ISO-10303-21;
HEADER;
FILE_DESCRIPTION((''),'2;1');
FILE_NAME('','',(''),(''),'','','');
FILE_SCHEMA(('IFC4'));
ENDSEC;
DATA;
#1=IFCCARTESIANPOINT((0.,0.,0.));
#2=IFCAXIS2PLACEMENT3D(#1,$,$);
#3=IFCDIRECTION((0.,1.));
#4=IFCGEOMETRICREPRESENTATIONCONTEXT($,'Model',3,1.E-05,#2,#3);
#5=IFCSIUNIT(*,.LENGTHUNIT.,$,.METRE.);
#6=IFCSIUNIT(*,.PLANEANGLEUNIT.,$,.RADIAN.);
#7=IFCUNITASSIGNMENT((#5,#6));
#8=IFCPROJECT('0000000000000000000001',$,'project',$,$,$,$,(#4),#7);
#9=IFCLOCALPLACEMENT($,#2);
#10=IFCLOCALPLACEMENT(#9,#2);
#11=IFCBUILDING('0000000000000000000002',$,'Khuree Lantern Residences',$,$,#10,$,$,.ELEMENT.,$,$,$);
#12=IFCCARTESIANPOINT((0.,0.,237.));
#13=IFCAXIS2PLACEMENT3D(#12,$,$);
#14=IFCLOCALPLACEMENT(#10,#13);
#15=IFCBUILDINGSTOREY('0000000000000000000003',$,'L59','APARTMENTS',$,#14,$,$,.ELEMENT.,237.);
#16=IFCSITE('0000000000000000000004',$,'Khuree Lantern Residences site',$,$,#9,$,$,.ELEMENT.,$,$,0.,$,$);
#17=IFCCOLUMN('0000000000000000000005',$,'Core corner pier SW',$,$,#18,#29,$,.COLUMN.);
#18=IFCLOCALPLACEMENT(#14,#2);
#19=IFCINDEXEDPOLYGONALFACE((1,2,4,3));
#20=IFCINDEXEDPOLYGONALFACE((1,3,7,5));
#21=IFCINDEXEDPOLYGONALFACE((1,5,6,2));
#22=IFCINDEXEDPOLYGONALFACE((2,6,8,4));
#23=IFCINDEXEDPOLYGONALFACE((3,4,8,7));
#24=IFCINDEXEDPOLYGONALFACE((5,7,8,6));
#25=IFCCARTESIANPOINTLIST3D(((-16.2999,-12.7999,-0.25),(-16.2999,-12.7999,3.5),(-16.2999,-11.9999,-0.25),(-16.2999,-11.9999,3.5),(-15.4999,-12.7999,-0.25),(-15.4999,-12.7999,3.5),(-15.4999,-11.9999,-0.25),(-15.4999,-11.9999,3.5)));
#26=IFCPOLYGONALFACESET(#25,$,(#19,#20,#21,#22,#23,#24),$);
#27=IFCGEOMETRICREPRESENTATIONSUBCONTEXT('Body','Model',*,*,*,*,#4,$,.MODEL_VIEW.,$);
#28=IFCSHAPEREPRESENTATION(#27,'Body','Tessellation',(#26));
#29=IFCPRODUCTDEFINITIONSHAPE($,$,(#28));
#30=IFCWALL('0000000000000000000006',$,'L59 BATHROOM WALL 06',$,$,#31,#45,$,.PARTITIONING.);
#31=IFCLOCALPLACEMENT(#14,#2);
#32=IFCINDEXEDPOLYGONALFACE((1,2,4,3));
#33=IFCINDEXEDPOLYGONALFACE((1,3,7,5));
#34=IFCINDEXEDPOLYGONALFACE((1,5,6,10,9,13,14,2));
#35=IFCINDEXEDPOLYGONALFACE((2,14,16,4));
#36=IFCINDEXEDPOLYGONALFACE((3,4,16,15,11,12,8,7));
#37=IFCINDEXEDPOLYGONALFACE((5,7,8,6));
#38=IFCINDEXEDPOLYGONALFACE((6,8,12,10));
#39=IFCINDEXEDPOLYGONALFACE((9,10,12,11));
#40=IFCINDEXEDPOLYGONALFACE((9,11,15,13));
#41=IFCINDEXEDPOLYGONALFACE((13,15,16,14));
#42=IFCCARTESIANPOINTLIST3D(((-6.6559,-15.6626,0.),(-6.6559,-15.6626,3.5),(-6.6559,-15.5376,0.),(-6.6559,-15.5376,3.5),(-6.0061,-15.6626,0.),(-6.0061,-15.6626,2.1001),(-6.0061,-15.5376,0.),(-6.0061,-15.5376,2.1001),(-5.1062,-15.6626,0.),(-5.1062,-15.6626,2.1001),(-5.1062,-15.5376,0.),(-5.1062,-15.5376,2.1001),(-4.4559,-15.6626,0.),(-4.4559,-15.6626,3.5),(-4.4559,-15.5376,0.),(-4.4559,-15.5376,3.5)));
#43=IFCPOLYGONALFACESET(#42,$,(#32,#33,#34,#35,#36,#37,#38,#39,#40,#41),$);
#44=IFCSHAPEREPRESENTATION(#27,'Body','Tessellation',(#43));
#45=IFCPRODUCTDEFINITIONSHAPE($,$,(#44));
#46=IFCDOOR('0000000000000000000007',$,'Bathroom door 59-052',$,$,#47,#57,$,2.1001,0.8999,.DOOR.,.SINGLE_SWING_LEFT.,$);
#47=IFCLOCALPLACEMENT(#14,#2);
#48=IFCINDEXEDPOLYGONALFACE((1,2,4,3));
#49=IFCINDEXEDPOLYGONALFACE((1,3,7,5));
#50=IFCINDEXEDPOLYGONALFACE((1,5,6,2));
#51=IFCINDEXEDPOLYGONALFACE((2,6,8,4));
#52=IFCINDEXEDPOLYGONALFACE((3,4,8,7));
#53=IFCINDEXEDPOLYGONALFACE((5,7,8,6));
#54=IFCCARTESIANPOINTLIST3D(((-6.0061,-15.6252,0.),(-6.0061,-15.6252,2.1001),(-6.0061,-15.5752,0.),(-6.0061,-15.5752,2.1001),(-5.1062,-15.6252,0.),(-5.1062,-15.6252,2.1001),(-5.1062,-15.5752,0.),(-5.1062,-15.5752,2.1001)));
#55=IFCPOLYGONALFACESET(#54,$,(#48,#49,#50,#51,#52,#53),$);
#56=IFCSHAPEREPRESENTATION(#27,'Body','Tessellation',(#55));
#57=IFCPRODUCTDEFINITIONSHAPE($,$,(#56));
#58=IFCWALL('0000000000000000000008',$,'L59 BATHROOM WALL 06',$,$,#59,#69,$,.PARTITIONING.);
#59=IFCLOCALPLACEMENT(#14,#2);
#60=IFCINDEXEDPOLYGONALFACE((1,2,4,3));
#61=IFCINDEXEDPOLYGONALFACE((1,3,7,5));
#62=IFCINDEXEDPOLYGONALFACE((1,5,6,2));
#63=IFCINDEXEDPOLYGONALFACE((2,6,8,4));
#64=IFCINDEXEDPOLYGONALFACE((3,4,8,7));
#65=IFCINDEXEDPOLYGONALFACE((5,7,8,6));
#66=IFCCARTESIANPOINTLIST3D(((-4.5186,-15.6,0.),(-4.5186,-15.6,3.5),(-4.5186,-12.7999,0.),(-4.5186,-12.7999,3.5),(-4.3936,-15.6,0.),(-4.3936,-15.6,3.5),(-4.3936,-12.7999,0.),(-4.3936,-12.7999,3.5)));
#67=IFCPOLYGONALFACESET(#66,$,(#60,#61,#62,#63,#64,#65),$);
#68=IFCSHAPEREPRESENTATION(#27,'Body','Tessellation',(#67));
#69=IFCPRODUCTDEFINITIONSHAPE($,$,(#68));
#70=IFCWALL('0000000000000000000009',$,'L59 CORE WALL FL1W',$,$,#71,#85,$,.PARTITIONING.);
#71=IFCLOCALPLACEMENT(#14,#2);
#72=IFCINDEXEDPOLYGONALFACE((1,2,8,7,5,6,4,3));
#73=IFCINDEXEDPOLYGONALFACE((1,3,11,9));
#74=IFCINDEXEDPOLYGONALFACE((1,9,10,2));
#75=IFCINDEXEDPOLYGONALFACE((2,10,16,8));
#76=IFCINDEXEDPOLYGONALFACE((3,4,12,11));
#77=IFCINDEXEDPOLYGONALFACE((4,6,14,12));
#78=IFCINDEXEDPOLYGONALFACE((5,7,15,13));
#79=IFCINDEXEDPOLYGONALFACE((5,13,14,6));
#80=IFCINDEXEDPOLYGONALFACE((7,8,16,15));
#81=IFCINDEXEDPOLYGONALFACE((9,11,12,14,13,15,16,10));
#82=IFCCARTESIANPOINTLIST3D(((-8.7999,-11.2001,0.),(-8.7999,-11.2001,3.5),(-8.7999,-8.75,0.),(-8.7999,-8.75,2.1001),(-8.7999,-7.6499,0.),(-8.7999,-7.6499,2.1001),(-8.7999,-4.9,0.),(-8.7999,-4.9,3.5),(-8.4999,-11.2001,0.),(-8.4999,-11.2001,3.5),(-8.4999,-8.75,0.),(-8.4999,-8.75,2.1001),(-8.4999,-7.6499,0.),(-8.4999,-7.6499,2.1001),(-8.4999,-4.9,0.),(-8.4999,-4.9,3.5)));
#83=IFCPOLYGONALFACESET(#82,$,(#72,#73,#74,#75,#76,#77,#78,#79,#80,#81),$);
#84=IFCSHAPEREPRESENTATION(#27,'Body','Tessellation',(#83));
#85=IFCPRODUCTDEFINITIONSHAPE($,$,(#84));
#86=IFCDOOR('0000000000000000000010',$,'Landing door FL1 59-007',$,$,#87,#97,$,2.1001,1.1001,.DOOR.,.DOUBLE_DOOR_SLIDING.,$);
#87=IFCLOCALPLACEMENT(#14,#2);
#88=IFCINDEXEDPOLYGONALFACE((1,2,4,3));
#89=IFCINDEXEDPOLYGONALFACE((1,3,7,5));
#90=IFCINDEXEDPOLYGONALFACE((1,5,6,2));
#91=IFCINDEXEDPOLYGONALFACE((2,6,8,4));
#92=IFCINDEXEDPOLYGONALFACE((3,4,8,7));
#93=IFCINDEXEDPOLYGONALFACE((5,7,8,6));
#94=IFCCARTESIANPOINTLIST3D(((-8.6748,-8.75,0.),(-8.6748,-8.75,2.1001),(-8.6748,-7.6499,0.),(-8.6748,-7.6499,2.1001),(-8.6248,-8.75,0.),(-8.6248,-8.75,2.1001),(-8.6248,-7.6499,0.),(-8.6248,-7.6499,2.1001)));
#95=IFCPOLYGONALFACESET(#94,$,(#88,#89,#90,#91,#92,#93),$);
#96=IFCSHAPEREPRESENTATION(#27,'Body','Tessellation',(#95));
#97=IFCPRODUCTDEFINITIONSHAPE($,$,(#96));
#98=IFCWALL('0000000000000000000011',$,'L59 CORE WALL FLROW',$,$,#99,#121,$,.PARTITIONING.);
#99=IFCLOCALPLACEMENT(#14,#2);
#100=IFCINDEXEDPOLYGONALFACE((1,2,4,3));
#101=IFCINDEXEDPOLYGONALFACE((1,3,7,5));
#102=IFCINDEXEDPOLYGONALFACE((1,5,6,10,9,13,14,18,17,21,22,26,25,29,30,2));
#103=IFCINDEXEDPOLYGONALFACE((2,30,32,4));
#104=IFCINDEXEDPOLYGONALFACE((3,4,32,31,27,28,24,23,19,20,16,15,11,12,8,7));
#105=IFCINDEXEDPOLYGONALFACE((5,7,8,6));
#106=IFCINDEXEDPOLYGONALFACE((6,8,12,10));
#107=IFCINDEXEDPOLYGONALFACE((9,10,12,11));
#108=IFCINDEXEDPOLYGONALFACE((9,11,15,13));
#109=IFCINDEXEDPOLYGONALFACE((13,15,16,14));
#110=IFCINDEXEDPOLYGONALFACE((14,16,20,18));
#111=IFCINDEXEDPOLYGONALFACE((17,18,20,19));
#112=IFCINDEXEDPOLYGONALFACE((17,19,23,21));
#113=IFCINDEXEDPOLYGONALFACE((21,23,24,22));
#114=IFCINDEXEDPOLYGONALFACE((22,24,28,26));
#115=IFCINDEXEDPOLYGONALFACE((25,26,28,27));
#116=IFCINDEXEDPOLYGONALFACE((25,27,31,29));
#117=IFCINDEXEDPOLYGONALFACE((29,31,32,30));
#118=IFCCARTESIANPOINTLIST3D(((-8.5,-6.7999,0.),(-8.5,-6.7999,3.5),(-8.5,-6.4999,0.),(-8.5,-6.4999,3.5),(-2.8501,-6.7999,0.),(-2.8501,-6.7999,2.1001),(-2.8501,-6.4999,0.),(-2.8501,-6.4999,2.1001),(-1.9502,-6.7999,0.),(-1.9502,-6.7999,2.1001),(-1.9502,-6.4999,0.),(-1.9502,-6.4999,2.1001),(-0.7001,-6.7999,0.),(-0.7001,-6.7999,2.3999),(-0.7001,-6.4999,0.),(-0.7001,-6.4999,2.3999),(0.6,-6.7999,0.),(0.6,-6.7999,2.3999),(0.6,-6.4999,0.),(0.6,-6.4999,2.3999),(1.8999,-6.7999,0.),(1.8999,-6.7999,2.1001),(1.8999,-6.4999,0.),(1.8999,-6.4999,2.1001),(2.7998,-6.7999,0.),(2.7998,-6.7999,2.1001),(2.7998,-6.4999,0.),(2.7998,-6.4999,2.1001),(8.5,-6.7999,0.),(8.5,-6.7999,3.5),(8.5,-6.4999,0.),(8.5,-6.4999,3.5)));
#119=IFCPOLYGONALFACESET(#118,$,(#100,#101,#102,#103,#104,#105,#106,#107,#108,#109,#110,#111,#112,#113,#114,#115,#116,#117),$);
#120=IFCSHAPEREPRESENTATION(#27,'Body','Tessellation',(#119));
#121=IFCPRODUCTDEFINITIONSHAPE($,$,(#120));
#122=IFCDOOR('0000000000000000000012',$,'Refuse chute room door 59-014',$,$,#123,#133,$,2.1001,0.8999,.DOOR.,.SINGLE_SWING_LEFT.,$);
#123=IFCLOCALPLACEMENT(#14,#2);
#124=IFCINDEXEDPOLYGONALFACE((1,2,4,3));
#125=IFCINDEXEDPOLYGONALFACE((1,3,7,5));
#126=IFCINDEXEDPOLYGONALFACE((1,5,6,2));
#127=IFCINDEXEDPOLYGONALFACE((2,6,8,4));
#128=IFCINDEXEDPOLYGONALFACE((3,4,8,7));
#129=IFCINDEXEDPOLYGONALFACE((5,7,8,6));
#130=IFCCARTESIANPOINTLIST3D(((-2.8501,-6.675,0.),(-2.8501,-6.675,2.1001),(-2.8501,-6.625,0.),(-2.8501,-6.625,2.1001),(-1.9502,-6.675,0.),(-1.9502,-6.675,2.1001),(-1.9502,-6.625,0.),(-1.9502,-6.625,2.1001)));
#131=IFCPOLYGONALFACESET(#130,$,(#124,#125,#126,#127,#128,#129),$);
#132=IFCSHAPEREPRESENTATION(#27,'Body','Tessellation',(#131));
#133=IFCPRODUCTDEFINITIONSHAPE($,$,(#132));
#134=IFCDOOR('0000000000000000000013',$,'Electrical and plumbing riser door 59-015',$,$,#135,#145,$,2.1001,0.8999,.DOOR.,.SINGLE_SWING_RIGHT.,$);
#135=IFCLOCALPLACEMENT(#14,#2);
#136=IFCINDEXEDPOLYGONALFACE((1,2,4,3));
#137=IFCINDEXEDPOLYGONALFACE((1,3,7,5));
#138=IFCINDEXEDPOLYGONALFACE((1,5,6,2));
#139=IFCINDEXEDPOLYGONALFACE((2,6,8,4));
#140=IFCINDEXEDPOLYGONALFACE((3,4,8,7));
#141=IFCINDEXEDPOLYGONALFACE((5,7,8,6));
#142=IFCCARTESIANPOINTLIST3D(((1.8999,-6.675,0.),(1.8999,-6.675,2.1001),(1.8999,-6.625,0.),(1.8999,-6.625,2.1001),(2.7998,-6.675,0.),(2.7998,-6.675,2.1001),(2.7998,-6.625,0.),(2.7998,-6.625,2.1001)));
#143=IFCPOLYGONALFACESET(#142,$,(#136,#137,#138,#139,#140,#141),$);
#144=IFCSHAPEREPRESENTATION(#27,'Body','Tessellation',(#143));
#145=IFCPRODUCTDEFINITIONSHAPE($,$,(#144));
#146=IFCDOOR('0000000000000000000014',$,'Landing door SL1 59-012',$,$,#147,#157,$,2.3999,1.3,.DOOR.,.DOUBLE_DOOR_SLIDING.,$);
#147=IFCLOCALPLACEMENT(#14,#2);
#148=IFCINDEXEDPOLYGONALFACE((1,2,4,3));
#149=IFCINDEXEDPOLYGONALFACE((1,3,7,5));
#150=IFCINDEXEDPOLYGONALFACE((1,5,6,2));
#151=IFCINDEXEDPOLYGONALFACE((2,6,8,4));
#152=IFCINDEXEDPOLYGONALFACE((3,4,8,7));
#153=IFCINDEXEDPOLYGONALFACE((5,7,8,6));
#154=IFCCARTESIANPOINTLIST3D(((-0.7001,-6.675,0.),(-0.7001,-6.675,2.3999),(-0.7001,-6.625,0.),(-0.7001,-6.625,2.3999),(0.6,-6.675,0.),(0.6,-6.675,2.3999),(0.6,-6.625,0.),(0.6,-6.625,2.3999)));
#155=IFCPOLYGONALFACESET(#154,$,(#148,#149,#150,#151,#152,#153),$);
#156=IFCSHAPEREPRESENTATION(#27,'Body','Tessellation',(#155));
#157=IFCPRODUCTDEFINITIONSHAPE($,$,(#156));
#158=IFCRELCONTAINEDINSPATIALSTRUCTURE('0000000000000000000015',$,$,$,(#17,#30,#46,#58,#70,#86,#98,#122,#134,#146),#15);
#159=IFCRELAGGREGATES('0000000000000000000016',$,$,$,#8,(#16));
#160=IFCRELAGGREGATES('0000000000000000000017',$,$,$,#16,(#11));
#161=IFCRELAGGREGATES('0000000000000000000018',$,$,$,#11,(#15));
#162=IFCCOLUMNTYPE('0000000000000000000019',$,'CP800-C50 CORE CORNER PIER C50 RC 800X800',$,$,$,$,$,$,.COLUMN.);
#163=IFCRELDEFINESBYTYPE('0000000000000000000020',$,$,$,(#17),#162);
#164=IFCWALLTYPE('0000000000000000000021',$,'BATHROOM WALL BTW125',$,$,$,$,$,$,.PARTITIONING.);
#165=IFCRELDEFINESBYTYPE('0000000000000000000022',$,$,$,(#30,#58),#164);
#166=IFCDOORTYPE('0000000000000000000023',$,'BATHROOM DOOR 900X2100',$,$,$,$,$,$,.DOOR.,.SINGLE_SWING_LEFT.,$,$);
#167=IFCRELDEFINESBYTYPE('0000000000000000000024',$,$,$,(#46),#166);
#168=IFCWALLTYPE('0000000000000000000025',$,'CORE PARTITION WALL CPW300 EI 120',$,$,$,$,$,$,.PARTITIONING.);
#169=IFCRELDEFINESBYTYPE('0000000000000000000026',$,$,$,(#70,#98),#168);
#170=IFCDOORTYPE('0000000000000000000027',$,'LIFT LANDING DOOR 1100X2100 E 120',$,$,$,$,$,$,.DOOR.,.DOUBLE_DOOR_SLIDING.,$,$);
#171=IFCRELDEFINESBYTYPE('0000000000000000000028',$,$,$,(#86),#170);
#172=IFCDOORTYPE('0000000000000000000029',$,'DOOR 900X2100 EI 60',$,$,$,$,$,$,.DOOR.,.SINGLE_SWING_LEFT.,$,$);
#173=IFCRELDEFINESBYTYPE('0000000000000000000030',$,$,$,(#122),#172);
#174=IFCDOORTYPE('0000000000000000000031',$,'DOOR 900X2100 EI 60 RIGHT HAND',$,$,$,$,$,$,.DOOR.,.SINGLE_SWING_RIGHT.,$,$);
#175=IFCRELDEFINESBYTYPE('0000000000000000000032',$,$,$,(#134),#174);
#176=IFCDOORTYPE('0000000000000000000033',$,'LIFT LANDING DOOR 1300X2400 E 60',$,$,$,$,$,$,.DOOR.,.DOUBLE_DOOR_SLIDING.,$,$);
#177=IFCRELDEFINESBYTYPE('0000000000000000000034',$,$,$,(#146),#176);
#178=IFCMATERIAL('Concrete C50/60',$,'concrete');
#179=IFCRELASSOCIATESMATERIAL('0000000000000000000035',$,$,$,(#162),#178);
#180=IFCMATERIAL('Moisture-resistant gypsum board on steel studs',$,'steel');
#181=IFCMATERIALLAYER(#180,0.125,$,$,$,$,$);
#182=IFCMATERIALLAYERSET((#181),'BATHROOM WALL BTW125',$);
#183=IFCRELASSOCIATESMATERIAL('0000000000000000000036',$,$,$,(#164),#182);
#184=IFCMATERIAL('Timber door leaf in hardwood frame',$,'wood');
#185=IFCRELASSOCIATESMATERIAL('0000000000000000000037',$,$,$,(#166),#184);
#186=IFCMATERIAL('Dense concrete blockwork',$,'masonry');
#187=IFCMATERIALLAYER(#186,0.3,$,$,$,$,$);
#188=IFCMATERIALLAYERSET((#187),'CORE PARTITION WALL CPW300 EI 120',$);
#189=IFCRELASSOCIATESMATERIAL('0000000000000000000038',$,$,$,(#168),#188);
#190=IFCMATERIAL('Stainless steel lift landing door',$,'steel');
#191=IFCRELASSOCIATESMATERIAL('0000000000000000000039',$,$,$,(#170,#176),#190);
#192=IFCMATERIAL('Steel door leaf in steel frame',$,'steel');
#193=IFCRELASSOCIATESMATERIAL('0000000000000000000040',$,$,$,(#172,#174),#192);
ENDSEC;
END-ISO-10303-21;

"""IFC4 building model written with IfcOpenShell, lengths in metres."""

from ifc_helpers import new_model, si_unit, direction, frame, frame_2d, origin, origin_2d, place, context, subcontext, project, spatial, rectangle, extrude, material, layer, layer_set, material_profile, profile_set, type_object, element, fill, save


model = new_model("IFC4")

# Units and contexts
model_context = context("Model", 3, precision=1e-05, world=origin(), true_north=direction((0.0, 1.0)))
body_context = subcontext(model_context, "Body", "Model", "MODEL_VIEW")
ifc_project = project(units=[si_unit("LENGTHUNIT", "METRE"), si_unit("PLANEANGLEUNIT", "RADIAN")], contexts=[model_context])

# Site, building, storey
site_placement = place(None, origin())
site = spatial("IfcSite", under=ifc_project, at=site_placement, Name="Khuree Lantern Residences site", CompositionType="ELEMENT", RefElevation=0.0)
building_placement = place(site_placement, origin())
building = spatial("IfcBuilding", under=site, at=building_placement, Name="Khuree Lantern Residences", CompositionType="ELEMENT")
storey_placement = place(building_placement, frame((0.0, 0.0, 237.0)))
storey = spatial("IfcBuildingStorey", under=building, at=storey_placement, Name="L59", Description="APARTMENTS", CompositionType="ELEMENT", Elevation=237.0)

# Column
ifc_material_1 = material(Name="Concrete C50/60", Category="concrete")
ifc_material_profile = material_profile(ifc_material_1, rectangle(XDim=0.8, YDim=0.8, at=origin_2d()), Name="RC 800X800")
ifc_profile_set = profile_set([ifc_material_profile], Name="Concrete C50/60")
column_type = type_object("IfcColumnType", Name="CP800-C50 CORE CORNER PIER C50 RC 800X800", PredefinedType="COLUMN", material=ifc_profile_set)
column_placement = place(storey_placement, frame((-15.8999, -12.3999, -0.25), z_axis=(0.0, 0.0, 1.0), x_axis=(1.0, 0.0, 0.0)))
element("IfcColumn", 1, at=column_placement, inside=storey, type_object=column_type, Name="Core corner pier SW", PredefinedType="COLUMN", context=body_context, shape_type="SweptSolid", body=[
    extrude(rectangle(XDim=0.8, YDim=0.8, at=origin_2d()), origin(), (0.0, 0.0, 1.0), 3.75),
])

# Wall, opening, door
ifc_material_2 = material(Name="Moisture-resistant gypsum board on steel studs", Category="steel")
ifc_layer_1 = layer(ifc_material_2, 0.125)
ifc_layer_set_1 = layer_set([ifc_layer_1], Name="BATHROOM WALL BTW125")
wall_type_1 = type_object("IfcWallType", Name="BATHROOM WALL BTW125", PredefinedType="PARTITIONING", material=ifc_layer_set_1)
wall_1_placement = place(storey_placement, frame((-6.656, -15.6001, 0.0), z_axis=(0.0, 0.0, 1.0), x_axis=(1.0, 0.0, 0.0)))
wall_1 = element("IfcWall", 2, at=wall_1_placement, inside=storey, type_object=wall_type_1, Name="L59 BATHROOM WALL 06", PredefinedType="PARTITIONING", context=body_context, shape_type="SweptSolid", body=[
    extrude(rectangle(XDim=2.2, YDim=0.125, at=frame_2d((1.1001, 0.0))), origin(), (0.0, 0.0, 1.0), 3.5),
])
opening_1_placement = place(wall_1_placement, frame((0.6499, 0.0, 0.0)))
opening_1 = element("IfcOpeningElement", 3, at=opening_1_placement, cuts=wall_1, PredefinedType="OPENING", context=body_context, shape_type="SweptSolid", body=[
    extrude(rectangle(XDim=0.8999, YDim=2.1001, at=frame_2d((0.45, 1.05))), frame((0.0, 0.0725, 0.0), z_axis=(0.0, -1.0, 0.0), x_axis=(1.0, 0.0, 0.0)), (0.0, 0.0, 1.0), 0.145),
])
ifc_material_3 = material(Name="Timber door leaf in hardwood frame", Category="wood")
door_type_1 = type_object("IfcDoorType", Name="BATHROOM DOOR 900X2100", OperationType="SINGLE_SWING_LEFT", PredefinedType="DOOR", material=ifc_material_3)
door_1_placement = place(opening_1_placement, origin())
door_1 = element("IfcDoor", 4, at=door_1_placement, inside=storey, type_object=door_type_1, Name="Bathroom door 59-052", OperationType="SINGLE_SWING_LEFT", OverallHeight=2.1001, OverallWidth=0.8999, PredefinedType="DOOR", context=body_context, shape_type="SweptSolid", body=[
    extrude(rectangle(XDim=0.8999, YDim=2.1001, at=frame_2d((0.45, 1.05))), frame((0.0, 0.0249, 0.0), z_axis=(0.0, -1.0, 0.0), x_axis=(1.0, 0.0, 0.0)), (0.0, 0.0, 1.0), 0.05),
])
fill(opening_1, door_1)

# Wall
wall_2_placement = place(storey_placement, frame((-4.4561, -12.8, 0.0), z_axis=(0.0, 0.0, 1.0), x_axis=(0.0, -1.0, 0.0)))
element("IfcWall", 5, at=wall_2_placement, inside=storey, type_object=wall_type_1, Name="L59 BATHROOM WALL 06", PredefinedType="PARTITIONING", context=body_context, shape_type="SweptSolid", body=[
    extrude(rectangle(XDim=2.8, YDim=0.125, at=frame_2d((1.3999, 0.0))), origin(), (0.0, 0.0, 1.0), 3.5),
])

# Wall, opening, door
ifc_material_4 = material(Name="Dense concrete blockwork", Category="masonry")
ifc_layer_2 = layer(ifc_material_4, 0.3)
ifc_layer_set_2 = layer_set([ifc_layer_2], Name="CORE PARTITION WALL CPW300 EI 120")
wall_type_2 = type_object("IfcWallType", Name="CORE PARTITION WALL CPW300 EI 120", PredefinedType="PARTITIONING", material=ifc_layer_set_2)
wall_3_placement = place(storey_placement, frame((-8.6499, -11.2, 0.0), z_axis=(0.0, 0.0, 1.0), x_axis=(0.0, 1.0, 0.0)))
wall_3 = element("IfcWall", 6, at=wall_3_placement, inside=storey, type_object=wall_type_2, Name="L59 CORE WALL FL1W", PredefinedType="PARTITIONING", context=body_context, shape_type="SweptSolid", body=[
    extrude(rectangle(XDim=6.3, YDim=0.3, at=frame_2d((3.1499, 0.0))), origin(), (0.0, 0.0, 1.0), 3.5),
])
opening_2_placement = place(wall_3_placement, frame((2.45, 0.0, 0.0)))
opening_2 = element("IfcOpeningElement", 7, at=opening_2_placement, cuts=wall_3, PredefinedType="OPENING", context=body_context, shape_type="SweptSolid", body=[
    extrude(rectangle(XDim=1.1001, YDim=2.1001, at=frame_2d((0.55, 1.05))), frame((0.0, 0.1602, 0.0), z_axis=(0.0, -1.0, 0.0), x_axis=(1.0, 0.0, 0.0)), (0.0, 0.0, 1.0), 0.3201),
])
ifc_material_5 = material(Name="Stainless steel lift landing door", Category="steel")
door_type_2 = type_object("IfcDoorType", Name="LIFT LANDING DOOR 1100X2100 E 120", OperationType="DOUBLE_DOOR_SLIDING", PredefinedType="DOOR", material=ifc_material_5)
door_2_placement = place(opening_2_placement, origin())
door_2 = element("IfcDoor", 8, at=door_2_placement, inside=storey, type_object=door_type_2, Name="Landing door FL1 59-007", OperationType="DOUBLE_DOOR_SLIDING", OverallHeight=2.1001, OverallWidth=1.1001, PredefinedType="DOOR", context=body_context, shape_type="SweptSolid", body=[
    extrude(rectangle(XDim=1.1001, YDim=2.1001, at=frame_2d((0.55, 1.05))), frame((0.0, 0.0249, 0.0), z_axis=(0.0, -1.0, 0.0), x_axis=(1.0, 0.0, 0.0)), (0.0, 0.0, 1.0), 0.05),
])
fill(opening_2, door_2)

# Wall, openings, doors
wall_4_placement = place(storey_placement, frame((-8.5, -6.6499, 0.0), z_axis=(0.0, 0.0, 1.0), x_axis=(1.0, 0.0, 0.0)))
wall_4 = element("IfcWall", 9, at=wall_4_placement, inside=storey, type_object=wall_type_2, Name="L59 CORE WALL FLROW", PredefinedType="PARTITIONING", context=body_context, shape_type="SweptSolid", body=[
    extrude(rectangle(XDim=17.0, YDim=0.3, at=frame_2d((8.5, 0.0))), origin(), (0.0, 0.0, 1.0), 3.5),
])
opening_3_placement = place(wall_4_placement, frame((7.8, 0.0, 0.0)))
opening_3 = element("IfcOpeningElement", 10, at=opening_3_placement, cuts=wall_4, PredefinedType="OPENING", context=body_context, shape_type="SweptSolid", body=[
    extrude(rectangle(XDim=1.3, YDim=2.3999, at=frame_2d((0.6499, 1.2))), frame((0.0, 0.1602, 0.0), z_axis=(0.0, -1.0, 0.0), x_axis=(1.0, 0.0, 0.0)), (0.0, 0.0, 1.0), 0.3201),
])
opening_4_placement = place(wall_4_placement, frame((5.6499, 0.0, 0.0)))
opening_4 = element("IfcOpeningElement", 11, at=opening_4_placement, cuts=wall_4, PredefinedType="OPENING", context=body_context, shape_type="SweptSolid", body=[
    extrude(rectangle(XDim=0.8999, YDim=2.1001, at=frame_2d((0.45, 1.05))), frame((0.0, 0.1602, 0.0), z_axis=(0.0, -1.0, 0.0), x_axis=(1.0, 0.0, 0.0)), (0.0, 0.0, 1.0), 0.3201),
])
opening_5_placement = place(wall_4_placement, frame((10.3999, 0.0, 0.0)))
opening_5 = element("IfcOpeningElement", 12, at=opening_5_placement, cuts=wall_4, PredefinedType="OPENING", context=body_context, shape_type="SweptSolid", body=[
    extrude(rectangle(XDim=0.8999, YDim=2.1001, at=frame_2d((0.45, 1.05))), frame((0.0, 0.1602, 0.0), z_axis=(0.0, -1.0, 0.0), x_axis=(1.0, 0.0, 0.0)), (0.0, 0.0, 1.0), 0.3201),
])
ifc_material_6 = material(Name="Steel door leaf in steel frame", Category="steel")
door_type_3 = type_object("IfcDoorType", Name="DOOR 900X2100 EI 60", OperationType="SINGLE_SWING_LEFT", PredefinedType="DOOR", material=ifc_material_6)
door_3_placement = place(opening_4_placement, origin())
door_3 = element("IfcDoor", 13, at=door_3_placement, inside=storey, type_object=door_type_3, Name="Refuse chute room door 59-014", OperationType="SINGLE_SWING_LEFT", OverallHeight=2.1001, OverallWidth=0.8999, PredefinedType="DOOR", context=body_context, shape_type="SweptSolid", body=[
    extrude(rectangle(XDim=0.8999, YDim=2.1001, at=frame_2d((0.45, 1.05))), frame((0.0, 0.0249, 0.0), z_axis=(0.0, -1.0, 0.0), x_axis=(1.0, 0.0, 0.0)), (0.0, 0.0, 1.0), 0.05),
])
fill(opening_4, door_3)
door_type_4 = type_object("IfcDoorType", Name="DOOR 900X2100 EI 60 RIGHT HAND", OperationType="SINGLE_SWING_RIGHT", PredefinedType="DOOR", material=ifc_material_6)
door_4_placement = place(opening_5_placement, origin())
door_4 = element("IfcDoor", 14, at=door_4_placement, inside=storey, type_object=door_type_4, Name="Electrical and plumbing riser door 59-015", OperationType="SINGLE_SWING_RIGHT", OverallHeight=2.1001, OverallWidth=0.8999, PredefinedType="DOOR", context=body_context, shape_type="SweptSolid", body=[
    extrude(rectangle(XDim=0.8999, YDim=2.1001, at=frame_2d((0.45, 1.05))), frame((0.0, 0.0249, 0.0), z_axis=(0.0, -1.0, 0.0), x_axis=(1.0, 0.0, 0.0)), (0.0, 0.0, 1.0), 0.05),
])
fill(opening_5, door_4)
door_type_5 = type_object("IfcDoorType", Name="LIFT LANDING DOOR 1300X2400 E 60", OperationType="DOUBLE_DOOR_SLIDING", PredefinedType="DOOR", material=ifc_material_5)
door_5_placement = place(opening_3_placement, origin())
door_5 = element("IfcDoor", 15, at=door_5_placement, inside=storey, type_object=door_type_5, Name="Landing door SL1 59-012", OperationType="DOUBLE_DOOR_SLIDING", OverallHeight=2.3999, OverallWidth=1.3, PredefinedType="DOOR", context=body_context, shape_type="SweptSolid", body=[
    extrude(rectangle(XDim=1.3, YDim=2.3999, at=frame_2d((0.6499, 1.2))), frame((0.0, 0.0249, 0.0), z_axis=(0.0, -1.0, 0.0), x_axis=(1.0, 0.0, 0.0)), (0.0, 0.0, 1.0), 0.05),
])
fill(opening_3, door_5)

save(model, "model.ifc")
